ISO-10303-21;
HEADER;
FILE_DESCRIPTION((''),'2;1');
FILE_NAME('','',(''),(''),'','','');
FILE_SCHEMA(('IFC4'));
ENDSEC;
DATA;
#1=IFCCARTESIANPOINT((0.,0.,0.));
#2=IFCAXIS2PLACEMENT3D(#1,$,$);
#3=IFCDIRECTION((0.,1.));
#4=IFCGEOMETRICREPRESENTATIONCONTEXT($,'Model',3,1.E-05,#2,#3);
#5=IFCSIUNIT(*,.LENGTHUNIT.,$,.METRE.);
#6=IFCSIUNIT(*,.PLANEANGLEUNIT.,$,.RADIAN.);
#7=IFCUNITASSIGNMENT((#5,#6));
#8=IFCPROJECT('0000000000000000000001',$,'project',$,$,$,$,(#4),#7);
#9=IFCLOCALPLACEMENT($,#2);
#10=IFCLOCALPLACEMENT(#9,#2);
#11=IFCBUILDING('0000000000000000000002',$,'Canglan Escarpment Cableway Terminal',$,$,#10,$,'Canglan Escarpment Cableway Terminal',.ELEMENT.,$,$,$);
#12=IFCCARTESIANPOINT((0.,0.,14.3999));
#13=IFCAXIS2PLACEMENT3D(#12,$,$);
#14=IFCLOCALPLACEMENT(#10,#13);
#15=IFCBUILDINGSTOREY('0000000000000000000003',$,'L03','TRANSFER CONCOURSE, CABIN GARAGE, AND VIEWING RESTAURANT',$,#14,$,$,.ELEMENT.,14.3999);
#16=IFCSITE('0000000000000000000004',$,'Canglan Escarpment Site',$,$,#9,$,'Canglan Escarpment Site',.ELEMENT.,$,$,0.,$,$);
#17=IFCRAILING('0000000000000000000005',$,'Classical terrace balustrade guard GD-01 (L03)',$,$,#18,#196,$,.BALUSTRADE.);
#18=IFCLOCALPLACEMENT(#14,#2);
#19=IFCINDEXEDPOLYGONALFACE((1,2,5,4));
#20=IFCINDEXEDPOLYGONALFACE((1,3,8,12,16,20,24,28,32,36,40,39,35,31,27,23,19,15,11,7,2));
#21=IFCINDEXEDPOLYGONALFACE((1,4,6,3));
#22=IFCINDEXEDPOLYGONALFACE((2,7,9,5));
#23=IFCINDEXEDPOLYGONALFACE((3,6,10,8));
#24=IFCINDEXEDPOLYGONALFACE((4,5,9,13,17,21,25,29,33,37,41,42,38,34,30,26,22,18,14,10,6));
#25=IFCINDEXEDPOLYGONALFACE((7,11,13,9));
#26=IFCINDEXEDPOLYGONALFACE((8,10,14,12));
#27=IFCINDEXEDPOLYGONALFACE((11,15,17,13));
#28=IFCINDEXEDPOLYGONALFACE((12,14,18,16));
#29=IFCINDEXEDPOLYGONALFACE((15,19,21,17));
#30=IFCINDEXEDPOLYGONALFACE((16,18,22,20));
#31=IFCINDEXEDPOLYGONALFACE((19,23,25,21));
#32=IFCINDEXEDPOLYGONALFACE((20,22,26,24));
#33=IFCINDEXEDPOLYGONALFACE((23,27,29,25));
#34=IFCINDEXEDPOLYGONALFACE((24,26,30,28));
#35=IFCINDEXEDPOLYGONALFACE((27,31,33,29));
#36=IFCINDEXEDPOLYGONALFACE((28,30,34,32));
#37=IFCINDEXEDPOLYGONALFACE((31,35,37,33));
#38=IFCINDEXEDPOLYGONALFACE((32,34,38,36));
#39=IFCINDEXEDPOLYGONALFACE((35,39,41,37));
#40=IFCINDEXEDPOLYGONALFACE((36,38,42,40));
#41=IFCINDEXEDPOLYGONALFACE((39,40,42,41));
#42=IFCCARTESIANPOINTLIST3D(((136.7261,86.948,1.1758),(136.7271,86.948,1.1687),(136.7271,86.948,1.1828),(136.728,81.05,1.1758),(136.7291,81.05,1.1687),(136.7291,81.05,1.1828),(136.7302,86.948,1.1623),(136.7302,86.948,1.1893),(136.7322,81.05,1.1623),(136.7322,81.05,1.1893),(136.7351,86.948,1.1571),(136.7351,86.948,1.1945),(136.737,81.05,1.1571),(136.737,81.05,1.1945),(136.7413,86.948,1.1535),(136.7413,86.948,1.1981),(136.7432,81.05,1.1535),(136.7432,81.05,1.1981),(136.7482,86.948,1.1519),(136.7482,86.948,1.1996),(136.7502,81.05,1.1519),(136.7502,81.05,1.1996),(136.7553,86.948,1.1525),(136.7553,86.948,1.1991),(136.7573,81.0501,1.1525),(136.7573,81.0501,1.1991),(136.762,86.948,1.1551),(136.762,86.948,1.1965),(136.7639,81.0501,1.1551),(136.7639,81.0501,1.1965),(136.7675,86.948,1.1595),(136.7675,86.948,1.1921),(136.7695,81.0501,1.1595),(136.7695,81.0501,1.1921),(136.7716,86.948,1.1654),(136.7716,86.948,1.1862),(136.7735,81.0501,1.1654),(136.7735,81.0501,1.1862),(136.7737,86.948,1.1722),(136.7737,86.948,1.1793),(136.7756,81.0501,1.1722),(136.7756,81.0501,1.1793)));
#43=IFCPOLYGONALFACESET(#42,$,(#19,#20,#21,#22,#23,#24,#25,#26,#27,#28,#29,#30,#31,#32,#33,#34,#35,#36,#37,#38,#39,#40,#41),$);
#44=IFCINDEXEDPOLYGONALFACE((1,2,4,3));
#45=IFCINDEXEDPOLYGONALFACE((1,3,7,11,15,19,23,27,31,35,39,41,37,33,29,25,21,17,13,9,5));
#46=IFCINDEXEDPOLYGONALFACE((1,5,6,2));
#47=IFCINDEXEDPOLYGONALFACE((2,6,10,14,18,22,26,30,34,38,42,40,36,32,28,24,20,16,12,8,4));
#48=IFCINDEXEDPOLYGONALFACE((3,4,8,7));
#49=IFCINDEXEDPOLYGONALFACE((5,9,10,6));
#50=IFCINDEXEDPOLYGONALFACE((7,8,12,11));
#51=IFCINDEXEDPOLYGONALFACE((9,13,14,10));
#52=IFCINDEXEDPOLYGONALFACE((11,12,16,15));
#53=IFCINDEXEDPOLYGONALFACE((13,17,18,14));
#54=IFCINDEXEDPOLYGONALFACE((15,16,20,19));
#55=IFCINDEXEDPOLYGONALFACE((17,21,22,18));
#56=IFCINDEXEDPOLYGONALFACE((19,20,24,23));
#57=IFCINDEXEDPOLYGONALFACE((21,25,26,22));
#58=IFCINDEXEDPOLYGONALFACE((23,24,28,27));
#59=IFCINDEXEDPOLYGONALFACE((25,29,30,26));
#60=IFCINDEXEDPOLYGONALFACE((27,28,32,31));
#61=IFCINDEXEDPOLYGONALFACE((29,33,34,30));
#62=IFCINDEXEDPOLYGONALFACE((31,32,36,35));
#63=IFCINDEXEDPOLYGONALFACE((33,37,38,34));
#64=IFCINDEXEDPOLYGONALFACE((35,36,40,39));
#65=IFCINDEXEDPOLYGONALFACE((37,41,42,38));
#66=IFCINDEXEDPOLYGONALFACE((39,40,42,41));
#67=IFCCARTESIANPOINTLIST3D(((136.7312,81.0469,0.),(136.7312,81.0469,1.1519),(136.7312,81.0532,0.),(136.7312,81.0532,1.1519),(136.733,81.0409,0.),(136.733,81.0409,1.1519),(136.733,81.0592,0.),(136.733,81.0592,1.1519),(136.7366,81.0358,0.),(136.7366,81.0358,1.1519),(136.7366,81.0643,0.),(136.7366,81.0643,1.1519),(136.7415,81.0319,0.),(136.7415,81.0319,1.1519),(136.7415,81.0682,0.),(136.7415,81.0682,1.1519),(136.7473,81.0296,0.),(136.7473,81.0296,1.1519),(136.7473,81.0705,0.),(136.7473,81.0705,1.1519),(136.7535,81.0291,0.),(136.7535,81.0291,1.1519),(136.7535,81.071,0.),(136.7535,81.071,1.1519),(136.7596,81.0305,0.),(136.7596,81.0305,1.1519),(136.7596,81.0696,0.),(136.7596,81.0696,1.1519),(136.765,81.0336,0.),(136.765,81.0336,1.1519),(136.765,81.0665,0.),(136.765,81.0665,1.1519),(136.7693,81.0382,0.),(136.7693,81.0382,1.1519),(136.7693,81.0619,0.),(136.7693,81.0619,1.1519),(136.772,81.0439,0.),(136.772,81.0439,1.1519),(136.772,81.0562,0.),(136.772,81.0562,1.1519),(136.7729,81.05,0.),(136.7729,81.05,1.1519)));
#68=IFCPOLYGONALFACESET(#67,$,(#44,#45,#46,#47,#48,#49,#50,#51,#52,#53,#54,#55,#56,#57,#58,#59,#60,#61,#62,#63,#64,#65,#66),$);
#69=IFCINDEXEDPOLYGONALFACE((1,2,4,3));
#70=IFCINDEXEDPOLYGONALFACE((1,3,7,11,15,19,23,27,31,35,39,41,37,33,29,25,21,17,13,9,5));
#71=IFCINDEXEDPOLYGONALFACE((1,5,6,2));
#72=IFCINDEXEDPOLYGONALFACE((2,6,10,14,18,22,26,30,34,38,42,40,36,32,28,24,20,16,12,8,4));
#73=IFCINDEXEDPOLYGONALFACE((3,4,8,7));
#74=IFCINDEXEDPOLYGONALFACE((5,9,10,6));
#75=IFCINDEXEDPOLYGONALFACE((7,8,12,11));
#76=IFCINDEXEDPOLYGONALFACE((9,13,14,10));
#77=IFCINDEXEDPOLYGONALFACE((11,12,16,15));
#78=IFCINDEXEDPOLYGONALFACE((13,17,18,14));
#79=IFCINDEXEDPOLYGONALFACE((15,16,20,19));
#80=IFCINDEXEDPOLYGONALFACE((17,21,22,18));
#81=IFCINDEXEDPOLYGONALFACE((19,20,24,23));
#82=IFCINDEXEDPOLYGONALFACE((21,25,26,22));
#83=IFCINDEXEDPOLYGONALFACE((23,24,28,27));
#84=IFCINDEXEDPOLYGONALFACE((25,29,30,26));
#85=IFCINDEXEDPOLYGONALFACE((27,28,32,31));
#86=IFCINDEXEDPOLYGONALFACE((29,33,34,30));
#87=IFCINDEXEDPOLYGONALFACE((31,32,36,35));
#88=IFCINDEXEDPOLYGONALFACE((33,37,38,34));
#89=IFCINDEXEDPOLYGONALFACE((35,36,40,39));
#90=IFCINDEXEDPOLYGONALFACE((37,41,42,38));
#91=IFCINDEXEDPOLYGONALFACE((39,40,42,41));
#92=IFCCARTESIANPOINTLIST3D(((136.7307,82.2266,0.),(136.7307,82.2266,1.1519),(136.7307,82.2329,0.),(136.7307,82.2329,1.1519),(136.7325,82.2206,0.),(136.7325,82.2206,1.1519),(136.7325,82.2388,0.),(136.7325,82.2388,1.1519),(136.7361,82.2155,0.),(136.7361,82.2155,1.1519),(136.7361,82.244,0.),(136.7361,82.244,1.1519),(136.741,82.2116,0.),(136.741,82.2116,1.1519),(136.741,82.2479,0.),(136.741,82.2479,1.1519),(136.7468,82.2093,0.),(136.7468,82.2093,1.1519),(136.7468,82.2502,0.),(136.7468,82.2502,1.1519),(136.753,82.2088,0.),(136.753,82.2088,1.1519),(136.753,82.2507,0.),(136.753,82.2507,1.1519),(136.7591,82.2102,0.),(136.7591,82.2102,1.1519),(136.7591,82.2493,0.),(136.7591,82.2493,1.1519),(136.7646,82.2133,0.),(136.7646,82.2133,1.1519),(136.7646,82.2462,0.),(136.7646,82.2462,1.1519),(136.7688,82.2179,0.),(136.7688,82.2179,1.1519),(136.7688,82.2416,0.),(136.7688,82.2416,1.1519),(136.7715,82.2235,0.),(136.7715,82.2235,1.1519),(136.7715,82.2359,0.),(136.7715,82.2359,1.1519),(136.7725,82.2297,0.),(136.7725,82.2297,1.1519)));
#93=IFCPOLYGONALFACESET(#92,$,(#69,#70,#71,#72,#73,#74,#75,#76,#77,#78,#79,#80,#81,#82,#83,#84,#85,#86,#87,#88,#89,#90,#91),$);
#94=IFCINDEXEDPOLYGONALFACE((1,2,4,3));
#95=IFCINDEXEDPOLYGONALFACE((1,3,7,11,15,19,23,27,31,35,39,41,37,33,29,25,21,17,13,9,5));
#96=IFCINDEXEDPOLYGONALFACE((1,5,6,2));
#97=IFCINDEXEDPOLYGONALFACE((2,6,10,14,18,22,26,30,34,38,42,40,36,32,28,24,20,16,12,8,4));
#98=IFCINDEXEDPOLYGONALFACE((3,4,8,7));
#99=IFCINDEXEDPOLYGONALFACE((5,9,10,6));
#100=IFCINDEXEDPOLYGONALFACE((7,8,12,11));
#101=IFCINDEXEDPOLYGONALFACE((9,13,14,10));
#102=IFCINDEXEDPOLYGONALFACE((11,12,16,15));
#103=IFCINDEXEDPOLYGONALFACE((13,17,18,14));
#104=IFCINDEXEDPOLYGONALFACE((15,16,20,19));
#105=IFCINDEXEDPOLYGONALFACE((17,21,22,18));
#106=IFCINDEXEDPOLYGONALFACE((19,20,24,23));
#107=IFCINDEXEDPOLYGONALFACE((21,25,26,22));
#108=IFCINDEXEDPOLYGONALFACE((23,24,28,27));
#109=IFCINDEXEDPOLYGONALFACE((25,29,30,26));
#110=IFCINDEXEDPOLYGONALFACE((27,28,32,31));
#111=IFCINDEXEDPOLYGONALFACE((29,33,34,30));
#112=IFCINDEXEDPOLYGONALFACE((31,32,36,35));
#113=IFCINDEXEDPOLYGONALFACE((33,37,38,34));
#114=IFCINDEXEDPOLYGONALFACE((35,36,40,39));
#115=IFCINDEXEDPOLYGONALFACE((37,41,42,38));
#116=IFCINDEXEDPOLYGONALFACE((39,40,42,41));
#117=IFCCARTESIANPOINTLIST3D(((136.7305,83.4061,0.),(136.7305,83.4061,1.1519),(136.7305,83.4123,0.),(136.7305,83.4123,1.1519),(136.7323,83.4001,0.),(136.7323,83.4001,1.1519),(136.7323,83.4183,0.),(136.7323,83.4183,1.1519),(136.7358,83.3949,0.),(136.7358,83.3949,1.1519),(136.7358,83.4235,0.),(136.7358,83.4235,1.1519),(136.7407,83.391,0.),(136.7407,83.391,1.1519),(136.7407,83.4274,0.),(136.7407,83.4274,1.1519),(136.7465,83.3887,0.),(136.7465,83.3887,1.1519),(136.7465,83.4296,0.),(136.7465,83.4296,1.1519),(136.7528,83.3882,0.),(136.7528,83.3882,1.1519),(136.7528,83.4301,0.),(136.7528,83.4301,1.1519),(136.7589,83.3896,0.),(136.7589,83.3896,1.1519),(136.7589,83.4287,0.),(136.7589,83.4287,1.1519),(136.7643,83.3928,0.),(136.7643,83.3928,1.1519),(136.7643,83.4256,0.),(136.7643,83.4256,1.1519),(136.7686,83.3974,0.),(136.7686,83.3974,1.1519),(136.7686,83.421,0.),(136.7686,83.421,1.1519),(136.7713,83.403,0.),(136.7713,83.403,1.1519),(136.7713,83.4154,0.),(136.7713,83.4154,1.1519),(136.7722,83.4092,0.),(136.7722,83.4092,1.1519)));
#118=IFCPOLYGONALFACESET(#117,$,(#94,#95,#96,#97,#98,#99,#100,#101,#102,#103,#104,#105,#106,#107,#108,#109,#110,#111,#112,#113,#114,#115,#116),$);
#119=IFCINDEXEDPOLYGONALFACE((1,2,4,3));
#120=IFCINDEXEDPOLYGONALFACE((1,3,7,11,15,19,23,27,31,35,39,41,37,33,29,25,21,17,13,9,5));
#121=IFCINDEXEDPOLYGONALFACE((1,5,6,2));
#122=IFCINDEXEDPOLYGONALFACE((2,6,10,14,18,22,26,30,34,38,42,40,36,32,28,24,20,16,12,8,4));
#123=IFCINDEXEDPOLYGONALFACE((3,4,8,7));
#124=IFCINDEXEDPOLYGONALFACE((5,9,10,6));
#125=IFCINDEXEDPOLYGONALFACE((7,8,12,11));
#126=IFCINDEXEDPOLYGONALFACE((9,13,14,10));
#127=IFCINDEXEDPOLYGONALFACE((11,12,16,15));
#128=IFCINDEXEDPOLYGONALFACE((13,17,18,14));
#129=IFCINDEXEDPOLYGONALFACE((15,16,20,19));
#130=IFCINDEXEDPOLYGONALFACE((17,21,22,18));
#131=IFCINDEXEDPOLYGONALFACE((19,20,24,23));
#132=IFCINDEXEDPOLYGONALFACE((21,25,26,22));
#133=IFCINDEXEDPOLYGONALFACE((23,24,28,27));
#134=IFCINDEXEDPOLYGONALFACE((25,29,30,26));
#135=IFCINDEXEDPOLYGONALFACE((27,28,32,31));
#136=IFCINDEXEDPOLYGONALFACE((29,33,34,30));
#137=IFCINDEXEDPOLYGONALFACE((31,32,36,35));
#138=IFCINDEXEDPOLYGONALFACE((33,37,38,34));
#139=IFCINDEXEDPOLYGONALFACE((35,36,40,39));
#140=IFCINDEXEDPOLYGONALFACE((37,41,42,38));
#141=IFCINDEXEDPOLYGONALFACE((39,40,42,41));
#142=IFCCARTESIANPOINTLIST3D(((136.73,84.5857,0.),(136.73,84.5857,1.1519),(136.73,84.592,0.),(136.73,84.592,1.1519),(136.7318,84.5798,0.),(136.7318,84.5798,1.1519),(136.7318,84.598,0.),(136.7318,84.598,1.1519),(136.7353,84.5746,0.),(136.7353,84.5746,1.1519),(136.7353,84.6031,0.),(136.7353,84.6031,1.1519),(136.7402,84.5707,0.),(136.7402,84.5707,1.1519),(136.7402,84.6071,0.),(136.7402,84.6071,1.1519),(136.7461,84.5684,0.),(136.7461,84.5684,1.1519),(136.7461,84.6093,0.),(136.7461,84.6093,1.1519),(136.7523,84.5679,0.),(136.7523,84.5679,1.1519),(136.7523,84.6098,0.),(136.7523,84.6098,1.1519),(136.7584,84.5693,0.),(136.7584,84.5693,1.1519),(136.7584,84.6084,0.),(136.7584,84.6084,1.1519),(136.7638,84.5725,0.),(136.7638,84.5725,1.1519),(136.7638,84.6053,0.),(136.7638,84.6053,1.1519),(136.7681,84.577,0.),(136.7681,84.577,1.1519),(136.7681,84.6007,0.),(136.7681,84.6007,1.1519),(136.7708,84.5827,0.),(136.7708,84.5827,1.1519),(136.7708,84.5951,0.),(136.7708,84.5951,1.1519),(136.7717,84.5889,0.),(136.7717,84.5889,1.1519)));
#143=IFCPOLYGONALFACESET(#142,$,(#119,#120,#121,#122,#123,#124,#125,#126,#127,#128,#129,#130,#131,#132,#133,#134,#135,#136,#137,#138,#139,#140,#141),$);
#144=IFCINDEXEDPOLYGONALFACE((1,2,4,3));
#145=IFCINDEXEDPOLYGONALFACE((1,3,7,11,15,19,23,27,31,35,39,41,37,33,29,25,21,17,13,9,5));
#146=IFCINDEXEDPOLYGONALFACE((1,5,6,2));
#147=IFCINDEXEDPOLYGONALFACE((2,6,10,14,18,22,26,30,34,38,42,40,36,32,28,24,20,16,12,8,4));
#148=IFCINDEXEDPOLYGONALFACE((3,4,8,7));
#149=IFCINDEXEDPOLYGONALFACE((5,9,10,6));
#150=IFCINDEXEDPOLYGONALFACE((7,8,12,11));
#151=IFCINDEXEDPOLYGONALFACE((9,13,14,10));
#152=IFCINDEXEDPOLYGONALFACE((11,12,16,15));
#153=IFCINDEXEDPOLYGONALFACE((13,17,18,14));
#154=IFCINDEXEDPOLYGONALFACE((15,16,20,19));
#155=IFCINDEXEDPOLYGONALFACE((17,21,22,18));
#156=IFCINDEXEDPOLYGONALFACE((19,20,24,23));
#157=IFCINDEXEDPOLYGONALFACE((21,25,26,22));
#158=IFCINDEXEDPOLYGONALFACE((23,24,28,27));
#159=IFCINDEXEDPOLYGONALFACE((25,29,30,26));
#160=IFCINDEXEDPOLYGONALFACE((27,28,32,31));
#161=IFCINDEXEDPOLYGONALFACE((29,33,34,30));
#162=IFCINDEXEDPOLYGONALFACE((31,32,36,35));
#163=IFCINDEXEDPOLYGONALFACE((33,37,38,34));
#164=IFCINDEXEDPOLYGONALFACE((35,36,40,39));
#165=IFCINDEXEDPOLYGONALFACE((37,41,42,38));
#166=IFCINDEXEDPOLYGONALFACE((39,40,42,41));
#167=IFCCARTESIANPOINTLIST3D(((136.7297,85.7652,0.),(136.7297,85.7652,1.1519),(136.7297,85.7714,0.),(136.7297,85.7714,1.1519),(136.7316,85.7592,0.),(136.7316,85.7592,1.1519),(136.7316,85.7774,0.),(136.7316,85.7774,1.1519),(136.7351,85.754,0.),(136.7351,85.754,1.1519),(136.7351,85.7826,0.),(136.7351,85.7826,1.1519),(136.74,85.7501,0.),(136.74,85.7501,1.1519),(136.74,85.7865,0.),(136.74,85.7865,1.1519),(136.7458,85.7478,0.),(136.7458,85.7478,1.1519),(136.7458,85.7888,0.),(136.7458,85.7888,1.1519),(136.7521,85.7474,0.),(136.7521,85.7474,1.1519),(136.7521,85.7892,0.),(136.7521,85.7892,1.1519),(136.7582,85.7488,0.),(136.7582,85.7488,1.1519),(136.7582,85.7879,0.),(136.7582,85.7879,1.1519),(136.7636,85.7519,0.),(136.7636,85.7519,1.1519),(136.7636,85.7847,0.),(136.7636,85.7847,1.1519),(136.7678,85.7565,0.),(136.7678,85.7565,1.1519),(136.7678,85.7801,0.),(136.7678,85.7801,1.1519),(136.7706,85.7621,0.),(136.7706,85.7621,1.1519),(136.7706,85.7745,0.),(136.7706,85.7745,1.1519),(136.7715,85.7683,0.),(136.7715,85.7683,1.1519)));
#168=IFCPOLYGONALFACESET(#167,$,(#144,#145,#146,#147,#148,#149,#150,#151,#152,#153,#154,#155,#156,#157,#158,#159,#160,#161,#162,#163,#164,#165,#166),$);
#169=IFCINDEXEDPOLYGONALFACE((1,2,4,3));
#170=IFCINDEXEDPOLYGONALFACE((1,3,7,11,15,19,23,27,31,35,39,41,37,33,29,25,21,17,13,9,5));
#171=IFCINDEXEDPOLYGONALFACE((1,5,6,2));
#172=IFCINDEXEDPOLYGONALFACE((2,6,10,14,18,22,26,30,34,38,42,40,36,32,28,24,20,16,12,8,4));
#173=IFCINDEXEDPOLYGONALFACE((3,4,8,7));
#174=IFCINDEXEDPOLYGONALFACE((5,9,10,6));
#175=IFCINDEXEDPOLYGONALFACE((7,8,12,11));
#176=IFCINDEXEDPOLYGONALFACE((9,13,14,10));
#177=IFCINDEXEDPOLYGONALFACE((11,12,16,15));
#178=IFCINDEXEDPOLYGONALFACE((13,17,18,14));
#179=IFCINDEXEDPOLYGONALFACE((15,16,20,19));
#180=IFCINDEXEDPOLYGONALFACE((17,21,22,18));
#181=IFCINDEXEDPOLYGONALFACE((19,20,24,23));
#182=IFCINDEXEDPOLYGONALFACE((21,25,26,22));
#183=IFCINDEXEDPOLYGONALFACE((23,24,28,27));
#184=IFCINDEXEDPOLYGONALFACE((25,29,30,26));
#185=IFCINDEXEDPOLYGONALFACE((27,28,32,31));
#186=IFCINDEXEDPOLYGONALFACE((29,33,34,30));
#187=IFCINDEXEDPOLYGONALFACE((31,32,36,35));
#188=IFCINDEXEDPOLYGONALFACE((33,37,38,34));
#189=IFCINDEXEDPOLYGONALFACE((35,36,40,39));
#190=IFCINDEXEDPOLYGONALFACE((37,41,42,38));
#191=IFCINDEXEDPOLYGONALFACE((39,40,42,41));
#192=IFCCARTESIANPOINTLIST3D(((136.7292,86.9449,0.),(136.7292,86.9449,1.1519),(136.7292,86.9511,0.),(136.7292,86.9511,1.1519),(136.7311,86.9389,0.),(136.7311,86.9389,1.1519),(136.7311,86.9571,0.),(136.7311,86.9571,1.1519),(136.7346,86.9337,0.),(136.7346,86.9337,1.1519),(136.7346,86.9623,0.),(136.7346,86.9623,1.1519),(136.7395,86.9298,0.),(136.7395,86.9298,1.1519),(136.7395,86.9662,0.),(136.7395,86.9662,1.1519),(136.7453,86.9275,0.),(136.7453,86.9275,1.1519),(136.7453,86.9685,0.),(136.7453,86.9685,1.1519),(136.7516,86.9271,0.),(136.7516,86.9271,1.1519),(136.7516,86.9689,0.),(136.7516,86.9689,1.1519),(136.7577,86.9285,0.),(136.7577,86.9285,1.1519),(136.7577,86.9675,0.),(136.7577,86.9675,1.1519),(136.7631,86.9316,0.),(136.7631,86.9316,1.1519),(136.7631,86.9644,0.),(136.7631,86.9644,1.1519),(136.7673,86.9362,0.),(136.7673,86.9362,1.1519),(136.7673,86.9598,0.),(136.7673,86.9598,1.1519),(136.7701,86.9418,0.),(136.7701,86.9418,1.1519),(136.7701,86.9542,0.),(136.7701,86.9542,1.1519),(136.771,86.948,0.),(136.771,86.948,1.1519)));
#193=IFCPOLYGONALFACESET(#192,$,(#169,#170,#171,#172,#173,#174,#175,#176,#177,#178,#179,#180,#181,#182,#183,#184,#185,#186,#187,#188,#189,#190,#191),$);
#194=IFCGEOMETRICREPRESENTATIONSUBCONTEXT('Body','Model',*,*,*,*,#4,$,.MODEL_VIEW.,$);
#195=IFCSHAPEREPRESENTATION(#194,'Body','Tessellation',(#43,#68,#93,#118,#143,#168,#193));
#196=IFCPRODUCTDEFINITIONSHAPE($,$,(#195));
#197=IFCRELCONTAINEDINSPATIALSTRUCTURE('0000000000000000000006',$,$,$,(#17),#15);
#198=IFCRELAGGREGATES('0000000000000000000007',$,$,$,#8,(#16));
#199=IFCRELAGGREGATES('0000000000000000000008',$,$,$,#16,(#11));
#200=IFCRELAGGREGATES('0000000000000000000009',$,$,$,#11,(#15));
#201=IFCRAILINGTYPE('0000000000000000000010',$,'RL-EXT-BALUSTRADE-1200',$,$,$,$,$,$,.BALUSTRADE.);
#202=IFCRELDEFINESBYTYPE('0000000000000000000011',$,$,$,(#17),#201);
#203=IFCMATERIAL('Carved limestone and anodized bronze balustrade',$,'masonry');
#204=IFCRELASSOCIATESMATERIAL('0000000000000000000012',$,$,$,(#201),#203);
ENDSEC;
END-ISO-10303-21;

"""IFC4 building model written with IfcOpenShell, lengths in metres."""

from ifc_helpers import new_model, si_unit, direction, frame, origin, origin_2d, place, context, subcontext, project, spatial, circle, extrude, material, type_object, element, save


model = new_model("IFC4")

# Units and contexts
model_context = context("Model", 3, precision=1e-05, world=origin(), true_north=direction((0.0, 1.0)))
body_context = subcontext(model_context, "Body", "Model", "MODEL_VIEW")
ifc_project = project(units=[si_unit("LENGTHUNIT", "METRE"), si_unit("PLANEANGLEUNIT", "RADIAN")], contexts=[model_context])

# Site, building, storey
site_placement = place(None, origin())
site = spatial("IfcSite", under=ifc_project, at=site_placement, Name="Canglan Escarpment Site", LongName="Canglan Escarpment Site", CompositionType="ELEMENT", RefElevation=0.0)
building_placement = place(site_placement, origin())
building = spatial("IfcBuilding", under=site, at=building_placement, Name="Canglan Escarpment Cableway Terminal", LongName="Canglan Escarpment Cableway Terminal", CompositionType="ELEMENT")
storey_placement = place(building_placement, frame((0.0, 0.0, 14.3999)))
storey = spatial("IfcBuildingStorey", under=building, at=storey_placement, Name="L03", Description="TRANSFER CONCOURSE, CABIN GARAGE, AND VIEWING RESTAURANT", CompositionType="ELEMENT", Elevation=14.3999)

# Railing
ifc_material_1 = material(Name="Carved limestone and anodized bronze balustrade", Category="masonry")
railing_type = type_object("IfcRailingType", Name="RL-EXT-BALUSTRADE-1200", PredefinedType="BALUSTRADE", material=ifc_material_1)
railing_1_placement = place(storey_placement, frame((136.752, 81.05, 0.0)))
element("IfcRailing", 1, at=railing_1_placement, inside=storey, type_object=railing_type, Name="Classical terrace balustrade guard GD-01 (L03)", PredefinedType="BALUSTRADE", context=body_context, shape_type="SweptSolid", body=[
    extrude(circle(Radius=0.0239, at=origin_2d()), frame((0.0, 0.0, 1.1758), z_axis=(-0.000331, 1.0, 0.0), x_axis=(-1.0, -0.000331, 0.0)), (0.0, 0.0, 1.0), 5.8979),
    extrude(circle(Radius=0.021, at=origin_2d()), origin(), (0.0, 0.0, 1.0), 1.1519),
    extrude(circle(Radius=0.021, at=origin_2d()), frame((-0.0005, 1.1797, 0.0)), (0.0, 0.0, 1.0), 1.1519),
    extrude(circle(Radius=0.021, at=origin_2d()), frame((-0.0007, 2.3591, 0.0)), (0.0, 0.0, 1.0), 1.1519),
    extrude(circle(Radius=0.021, at=origin_2d()), frame((-0.0012, 3.5388, 0.0)), (0.0, 0.0, 1.0), 1.1519),
    extrude(circle(Radius=0.021, at=origin_2d()), frame((-0.0015, 4.7183, 0.0)), (0.0, 0.0, 1.0), 1.1519),
    extrude(circle(Radius=0.021, at=origin_2d()), frame((-0.002, 5.8979, 0.0)), (0.0, 0.0, 1.0), 1.1519),
])

save(model, "model.ifc")
